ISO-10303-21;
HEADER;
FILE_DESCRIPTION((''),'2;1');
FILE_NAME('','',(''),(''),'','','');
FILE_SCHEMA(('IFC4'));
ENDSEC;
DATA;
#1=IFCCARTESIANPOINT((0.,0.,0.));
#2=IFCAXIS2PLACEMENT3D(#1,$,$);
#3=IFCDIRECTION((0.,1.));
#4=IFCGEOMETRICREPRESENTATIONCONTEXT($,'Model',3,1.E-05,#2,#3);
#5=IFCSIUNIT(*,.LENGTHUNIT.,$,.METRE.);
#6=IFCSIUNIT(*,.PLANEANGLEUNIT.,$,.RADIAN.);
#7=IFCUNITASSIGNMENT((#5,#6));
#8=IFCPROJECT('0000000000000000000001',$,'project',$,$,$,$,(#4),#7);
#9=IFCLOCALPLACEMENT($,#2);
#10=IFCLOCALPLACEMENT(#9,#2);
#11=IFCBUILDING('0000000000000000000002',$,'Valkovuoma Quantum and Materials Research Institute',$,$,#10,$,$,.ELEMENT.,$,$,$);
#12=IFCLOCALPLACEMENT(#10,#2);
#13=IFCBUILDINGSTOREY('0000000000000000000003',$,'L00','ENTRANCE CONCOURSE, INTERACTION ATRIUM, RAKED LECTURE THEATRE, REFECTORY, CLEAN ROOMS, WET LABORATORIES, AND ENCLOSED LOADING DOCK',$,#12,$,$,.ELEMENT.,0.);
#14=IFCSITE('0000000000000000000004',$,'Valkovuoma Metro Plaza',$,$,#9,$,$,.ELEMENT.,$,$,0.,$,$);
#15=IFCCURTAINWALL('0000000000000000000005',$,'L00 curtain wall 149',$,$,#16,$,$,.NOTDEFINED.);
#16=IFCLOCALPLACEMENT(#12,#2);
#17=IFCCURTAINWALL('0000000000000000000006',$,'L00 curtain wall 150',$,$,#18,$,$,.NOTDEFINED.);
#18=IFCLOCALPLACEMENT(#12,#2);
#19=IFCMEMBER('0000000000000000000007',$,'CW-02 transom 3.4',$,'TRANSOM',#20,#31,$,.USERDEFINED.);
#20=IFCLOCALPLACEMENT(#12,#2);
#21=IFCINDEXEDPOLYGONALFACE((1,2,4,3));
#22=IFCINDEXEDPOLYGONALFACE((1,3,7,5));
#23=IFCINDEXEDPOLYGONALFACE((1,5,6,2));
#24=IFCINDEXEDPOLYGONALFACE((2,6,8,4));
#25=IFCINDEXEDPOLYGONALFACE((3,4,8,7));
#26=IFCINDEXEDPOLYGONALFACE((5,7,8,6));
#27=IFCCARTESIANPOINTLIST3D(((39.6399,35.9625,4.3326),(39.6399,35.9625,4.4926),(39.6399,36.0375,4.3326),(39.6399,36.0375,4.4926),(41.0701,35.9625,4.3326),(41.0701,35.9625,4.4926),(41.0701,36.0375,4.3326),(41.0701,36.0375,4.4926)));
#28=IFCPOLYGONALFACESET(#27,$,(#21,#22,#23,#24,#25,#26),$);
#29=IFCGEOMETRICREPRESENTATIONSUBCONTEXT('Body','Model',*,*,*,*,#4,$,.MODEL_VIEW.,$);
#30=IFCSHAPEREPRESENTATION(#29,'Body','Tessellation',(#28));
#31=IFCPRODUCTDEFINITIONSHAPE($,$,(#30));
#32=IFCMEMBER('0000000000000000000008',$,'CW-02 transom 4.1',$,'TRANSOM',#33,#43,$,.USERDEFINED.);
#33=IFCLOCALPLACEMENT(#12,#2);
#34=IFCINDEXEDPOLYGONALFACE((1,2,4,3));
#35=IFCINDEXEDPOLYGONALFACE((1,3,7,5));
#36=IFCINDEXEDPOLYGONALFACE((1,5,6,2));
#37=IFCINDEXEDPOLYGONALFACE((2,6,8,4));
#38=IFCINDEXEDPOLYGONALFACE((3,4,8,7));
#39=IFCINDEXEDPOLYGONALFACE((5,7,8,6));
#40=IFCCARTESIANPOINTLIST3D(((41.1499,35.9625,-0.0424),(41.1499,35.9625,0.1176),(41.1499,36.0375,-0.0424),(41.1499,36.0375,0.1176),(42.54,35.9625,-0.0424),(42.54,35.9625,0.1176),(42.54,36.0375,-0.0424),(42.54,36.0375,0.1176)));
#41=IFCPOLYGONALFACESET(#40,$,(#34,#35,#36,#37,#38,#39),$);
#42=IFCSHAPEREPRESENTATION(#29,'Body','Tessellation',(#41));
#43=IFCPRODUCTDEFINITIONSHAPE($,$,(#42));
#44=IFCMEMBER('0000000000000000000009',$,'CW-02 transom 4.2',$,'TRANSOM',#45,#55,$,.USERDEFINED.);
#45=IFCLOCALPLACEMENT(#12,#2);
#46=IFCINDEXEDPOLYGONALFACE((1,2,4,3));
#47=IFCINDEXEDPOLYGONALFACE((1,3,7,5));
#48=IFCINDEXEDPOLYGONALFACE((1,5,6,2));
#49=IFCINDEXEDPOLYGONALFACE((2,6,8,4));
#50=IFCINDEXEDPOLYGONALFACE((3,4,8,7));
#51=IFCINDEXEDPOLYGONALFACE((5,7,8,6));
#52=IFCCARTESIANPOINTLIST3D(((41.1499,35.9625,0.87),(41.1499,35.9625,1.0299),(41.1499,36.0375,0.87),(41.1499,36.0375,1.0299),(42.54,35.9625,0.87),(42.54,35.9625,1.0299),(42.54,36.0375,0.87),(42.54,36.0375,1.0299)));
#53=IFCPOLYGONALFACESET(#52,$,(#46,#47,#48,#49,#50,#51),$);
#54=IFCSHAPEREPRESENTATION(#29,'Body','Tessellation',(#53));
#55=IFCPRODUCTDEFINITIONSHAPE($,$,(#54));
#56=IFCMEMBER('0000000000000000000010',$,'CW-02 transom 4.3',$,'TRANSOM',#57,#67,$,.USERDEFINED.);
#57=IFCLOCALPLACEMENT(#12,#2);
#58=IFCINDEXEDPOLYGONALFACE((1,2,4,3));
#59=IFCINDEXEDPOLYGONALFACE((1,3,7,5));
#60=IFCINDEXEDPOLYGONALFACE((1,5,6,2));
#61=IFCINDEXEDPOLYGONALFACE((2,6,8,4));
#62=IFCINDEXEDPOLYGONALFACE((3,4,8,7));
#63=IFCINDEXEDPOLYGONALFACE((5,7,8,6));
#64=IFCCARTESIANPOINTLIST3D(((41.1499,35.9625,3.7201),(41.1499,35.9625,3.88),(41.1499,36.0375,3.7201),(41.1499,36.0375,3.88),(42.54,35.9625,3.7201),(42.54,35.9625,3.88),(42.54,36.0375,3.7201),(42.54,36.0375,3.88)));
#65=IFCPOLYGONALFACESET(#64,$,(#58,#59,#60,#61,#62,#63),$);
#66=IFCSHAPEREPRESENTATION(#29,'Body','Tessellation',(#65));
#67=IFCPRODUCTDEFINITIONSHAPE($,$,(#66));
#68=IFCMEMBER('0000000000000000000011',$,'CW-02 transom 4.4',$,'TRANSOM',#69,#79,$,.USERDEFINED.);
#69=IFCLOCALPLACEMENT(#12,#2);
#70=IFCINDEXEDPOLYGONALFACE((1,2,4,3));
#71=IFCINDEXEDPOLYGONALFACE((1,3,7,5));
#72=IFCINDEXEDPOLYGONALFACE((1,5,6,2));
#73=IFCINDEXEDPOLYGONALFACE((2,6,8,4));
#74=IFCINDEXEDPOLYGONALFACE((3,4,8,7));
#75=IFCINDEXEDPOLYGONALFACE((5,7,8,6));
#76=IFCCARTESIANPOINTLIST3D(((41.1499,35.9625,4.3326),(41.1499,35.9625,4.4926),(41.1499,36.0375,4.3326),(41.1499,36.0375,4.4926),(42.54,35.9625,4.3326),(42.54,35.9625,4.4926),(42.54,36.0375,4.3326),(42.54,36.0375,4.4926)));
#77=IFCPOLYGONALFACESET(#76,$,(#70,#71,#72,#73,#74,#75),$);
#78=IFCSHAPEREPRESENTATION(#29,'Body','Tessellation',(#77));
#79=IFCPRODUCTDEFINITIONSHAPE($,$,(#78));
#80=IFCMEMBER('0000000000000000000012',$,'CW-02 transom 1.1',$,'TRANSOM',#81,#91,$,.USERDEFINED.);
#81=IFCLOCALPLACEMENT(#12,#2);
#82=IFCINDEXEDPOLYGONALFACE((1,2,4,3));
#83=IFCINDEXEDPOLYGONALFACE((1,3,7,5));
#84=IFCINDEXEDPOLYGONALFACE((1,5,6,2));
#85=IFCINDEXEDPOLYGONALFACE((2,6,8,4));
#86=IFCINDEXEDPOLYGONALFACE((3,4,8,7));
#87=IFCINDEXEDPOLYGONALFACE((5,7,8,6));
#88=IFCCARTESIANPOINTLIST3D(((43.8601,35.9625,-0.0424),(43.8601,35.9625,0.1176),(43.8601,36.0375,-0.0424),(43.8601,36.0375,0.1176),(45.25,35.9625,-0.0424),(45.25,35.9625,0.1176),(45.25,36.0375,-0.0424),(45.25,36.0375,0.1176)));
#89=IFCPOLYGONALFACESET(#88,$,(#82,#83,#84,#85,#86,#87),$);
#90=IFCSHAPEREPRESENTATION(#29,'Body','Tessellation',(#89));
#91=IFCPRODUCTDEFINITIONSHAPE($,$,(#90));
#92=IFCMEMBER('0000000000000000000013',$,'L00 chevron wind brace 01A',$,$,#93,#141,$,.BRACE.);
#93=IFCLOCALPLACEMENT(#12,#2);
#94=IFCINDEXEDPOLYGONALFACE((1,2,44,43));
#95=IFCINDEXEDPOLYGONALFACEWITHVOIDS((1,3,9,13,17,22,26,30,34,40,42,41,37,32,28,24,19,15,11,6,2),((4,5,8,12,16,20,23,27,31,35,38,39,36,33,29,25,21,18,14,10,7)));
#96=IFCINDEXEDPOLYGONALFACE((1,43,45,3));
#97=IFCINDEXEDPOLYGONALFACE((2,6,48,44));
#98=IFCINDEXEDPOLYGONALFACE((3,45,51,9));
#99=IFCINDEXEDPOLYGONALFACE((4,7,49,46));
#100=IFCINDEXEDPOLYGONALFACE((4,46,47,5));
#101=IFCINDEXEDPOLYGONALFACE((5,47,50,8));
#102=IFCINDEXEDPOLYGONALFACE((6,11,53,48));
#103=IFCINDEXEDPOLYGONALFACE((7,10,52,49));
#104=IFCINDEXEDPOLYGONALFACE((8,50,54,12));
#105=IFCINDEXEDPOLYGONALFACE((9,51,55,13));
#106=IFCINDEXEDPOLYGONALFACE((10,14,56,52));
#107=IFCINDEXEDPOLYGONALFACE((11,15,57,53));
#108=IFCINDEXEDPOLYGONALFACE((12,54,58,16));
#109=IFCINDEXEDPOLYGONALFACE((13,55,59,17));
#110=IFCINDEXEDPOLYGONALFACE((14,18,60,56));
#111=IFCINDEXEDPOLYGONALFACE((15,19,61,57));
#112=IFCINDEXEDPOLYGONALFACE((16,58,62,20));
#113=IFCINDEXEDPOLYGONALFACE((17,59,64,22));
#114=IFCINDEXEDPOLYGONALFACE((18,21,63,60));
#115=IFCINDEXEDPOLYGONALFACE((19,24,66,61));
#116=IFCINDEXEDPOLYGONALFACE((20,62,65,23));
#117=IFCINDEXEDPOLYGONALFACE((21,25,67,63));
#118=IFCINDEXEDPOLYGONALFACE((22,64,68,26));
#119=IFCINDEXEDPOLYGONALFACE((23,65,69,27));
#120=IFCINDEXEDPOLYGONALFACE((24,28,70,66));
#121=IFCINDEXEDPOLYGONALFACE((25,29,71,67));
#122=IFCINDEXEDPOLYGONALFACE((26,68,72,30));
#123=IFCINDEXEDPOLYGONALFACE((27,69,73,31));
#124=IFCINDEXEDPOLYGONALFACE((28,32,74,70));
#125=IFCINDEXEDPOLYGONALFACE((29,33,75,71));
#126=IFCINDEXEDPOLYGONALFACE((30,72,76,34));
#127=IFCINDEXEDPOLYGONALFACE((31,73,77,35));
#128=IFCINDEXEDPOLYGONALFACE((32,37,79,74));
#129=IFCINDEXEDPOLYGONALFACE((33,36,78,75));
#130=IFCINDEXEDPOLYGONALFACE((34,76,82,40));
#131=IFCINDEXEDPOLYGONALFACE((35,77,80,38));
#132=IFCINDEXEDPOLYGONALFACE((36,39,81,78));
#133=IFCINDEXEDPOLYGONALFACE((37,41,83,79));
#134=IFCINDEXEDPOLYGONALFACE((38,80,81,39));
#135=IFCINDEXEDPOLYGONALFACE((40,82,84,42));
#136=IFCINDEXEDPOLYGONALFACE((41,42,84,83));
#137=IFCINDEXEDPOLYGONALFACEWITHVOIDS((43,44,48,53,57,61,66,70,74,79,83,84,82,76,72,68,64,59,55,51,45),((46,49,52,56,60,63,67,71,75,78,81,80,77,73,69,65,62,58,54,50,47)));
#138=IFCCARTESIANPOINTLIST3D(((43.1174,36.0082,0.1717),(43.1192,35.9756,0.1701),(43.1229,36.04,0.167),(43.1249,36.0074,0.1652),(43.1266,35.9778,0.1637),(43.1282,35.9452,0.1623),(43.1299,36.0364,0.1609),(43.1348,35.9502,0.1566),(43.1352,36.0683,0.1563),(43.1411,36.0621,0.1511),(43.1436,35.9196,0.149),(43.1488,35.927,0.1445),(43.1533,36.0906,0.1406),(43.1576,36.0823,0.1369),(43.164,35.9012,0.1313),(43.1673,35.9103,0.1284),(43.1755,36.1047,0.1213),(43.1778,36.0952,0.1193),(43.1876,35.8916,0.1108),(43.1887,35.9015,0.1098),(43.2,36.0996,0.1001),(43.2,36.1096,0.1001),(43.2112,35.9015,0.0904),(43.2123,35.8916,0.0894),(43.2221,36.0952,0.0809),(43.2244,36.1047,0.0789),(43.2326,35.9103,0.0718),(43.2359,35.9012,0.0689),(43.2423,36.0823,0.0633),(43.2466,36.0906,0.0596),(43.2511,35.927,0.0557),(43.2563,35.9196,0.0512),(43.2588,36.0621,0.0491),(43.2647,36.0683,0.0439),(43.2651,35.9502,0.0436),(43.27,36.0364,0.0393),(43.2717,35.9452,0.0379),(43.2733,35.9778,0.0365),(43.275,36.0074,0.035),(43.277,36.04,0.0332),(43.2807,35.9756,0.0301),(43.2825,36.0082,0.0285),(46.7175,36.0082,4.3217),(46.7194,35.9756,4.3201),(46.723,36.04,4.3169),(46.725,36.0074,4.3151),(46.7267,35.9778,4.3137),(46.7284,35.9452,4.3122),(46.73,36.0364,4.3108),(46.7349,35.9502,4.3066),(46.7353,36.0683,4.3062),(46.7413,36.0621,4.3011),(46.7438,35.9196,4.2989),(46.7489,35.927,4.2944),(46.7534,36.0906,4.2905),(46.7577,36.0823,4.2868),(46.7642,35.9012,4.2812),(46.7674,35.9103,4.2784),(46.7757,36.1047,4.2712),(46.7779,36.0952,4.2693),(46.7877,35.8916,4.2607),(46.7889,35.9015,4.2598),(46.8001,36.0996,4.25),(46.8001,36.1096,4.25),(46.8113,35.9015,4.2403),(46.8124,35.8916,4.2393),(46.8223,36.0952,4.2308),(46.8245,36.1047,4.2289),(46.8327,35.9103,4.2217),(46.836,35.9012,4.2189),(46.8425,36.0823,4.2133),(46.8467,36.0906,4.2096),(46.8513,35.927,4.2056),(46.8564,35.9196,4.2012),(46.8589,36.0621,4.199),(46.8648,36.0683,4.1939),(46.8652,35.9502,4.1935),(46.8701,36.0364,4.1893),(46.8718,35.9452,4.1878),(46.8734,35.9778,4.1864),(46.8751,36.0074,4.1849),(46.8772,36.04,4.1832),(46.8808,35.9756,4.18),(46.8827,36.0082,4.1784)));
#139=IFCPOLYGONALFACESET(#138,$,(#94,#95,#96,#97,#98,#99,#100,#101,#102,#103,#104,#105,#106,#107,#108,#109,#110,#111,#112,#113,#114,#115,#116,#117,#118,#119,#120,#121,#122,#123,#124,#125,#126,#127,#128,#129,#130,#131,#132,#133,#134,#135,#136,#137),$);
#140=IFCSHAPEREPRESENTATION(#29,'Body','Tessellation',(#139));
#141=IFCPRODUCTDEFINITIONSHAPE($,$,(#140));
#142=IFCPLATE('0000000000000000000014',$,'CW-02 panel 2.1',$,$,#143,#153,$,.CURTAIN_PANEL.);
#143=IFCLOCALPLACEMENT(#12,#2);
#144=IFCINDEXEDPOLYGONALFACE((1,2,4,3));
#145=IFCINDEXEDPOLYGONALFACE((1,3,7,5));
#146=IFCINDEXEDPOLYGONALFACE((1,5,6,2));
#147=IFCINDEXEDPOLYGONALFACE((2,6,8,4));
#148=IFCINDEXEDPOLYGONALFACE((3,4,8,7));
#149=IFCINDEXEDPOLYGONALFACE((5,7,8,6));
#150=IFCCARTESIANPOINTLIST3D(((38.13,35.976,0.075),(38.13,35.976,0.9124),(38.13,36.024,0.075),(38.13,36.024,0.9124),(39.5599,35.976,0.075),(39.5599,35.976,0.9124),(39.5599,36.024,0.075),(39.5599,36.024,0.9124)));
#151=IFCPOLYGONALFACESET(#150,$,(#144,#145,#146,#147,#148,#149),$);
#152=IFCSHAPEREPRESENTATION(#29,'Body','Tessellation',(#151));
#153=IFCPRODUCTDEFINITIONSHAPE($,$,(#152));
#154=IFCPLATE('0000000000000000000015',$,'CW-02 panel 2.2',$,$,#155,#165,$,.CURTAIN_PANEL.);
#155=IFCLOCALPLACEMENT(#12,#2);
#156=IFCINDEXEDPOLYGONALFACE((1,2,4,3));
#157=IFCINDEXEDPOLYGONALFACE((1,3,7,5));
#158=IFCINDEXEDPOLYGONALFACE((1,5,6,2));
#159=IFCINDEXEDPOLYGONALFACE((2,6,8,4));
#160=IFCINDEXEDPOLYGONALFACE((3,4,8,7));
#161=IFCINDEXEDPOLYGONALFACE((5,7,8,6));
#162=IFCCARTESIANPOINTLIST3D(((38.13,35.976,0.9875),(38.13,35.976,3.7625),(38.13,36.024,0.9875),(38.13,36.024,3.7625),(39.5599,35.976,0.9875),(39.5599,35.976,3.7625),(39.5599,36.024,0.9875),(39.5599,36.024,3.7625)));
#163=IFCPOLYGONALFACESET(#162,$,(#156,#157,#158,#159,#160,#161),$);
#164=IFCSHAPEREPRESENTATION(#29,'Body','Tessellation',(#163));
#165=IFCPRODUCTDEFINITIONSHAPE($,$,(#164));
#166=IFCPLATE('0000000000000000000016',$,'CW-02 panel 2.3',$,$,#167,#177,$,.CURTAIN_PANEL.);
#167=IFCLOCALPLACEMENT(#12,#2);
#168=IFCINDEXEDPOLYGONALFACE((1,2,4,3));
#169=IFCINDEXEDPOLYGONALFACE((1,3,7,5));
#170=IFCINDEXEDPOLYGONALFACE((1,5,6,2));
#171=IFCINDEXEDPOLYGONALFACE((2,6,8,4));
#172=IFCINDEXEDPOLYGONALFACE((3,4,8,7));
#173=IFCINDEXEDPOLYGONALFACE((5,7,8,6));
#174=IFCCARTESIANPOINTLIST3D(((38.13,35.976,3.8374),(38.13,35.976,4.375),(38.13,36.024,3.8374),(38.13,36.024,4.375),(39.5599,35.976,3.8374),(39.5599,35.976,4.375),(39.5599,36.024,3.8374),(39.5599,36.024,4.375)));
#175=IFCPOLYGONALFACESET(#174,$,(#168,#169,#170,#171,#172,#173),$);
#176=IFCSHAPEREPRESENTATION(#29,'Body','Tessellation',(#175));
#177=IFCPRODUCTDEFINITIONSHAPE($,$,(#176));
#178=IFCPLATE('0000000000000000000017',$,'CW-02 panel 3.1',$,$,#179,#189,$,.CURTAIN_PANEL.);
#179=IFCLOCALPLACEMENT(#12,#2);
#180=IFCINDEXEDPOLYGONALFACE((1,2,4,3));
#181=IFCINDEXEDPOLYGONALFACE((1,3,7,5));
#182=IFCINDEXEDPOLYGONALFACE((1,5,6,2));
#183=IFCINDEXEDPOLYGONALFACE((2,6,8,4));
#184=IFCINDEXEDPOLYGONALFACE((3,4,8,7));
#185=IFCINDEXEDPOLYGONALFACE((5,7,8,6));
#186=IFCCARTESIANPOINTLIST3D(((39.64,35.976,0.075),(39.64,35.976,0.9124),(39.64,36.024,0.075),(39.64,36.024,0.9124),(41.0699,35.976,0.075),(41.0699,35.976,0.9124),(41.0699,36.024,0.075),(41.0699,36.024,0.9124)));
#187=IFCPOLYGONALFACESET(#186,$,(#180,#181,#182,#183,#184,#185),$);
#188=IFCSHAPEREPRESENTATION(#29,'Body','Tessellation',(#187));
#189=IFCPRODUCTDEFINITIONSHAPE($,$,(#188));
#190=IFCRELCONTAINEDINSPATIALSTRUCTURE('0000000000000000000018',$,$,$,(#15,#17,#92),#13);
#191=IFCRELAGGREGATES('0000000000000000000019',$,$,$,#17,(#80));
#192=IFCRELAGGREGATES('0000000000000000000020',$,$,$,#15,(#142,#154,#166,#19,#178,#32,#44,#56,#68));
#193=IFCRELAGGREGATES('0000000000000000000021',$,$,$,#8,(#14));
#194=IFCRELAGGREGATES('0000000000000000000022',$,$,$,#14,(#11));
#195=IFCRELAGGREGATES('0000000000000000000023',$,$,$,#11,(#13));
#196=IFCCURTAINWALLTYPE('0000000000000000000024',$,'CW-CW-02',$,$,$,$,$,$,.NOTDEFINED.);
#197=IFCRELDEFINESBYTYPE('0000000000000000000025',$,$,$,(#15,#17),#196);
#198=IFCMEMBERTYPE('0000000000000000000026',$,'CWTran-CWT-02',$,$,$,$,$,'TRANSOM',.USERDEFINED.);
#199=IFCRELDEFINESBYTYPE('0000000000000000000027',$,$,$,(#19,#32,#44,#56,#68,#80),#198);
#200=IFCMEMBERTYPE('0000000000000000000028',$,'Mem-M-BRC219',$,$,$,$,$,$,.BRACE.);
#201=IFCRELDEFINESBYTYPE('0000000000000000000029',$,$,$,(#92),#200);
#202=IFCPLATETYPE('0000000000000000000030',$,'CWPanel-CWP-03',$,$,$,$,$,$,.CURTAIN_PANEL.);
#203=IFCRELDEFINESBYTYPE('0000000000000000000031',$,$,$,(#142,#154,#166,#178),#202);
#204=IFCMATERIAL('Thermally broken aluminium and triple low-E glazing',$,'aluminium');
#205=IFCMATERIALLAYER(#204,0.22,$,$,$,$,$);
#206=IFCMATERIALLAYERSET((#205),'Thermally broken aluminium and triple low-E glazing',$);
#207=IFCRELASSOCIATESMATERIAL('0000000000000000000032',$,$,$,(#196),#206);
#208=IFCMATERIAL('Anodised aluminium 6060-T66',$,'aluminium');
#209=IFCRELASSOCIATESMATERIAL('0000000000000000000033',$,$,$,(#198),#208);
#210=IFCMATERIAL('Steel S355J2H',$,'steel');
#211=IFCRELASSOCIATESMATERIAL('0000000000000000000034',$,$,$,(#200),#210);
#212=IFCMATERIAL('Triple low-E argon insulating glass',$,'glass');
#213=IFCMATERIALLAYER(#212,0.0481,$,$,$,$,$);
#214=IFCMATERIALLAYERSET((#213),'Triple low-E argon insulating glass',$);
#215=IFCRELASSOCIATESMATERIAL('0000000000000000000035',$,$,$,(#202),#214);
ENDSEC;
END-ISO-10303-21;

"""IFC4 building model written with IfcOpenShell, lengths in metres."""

from ifc_helpers import new_model, si_unit, direction, frame, origin, origin_2d, place, context, subcontext, project, spatial, rectangle, hollow_circle, extrude, material, layer, layer_set, material_profile, profile_set, type_object, element, aggregate, save


model = new_model("IFC4")

# Units and contexts
model_context = context("Model", 3, precision=1e-05, world=origin(), true_north=direction((0.0, 1.0)))
body_context = subcontext(model_context, "Body", "Model", "MODEL_VIEW")
ifc_project = project(units=[si_unit("LENGTHUNIT", "METRE"), si_unit("PLANEANGLEUNIT", "RADIAN")], contexts=[model_context])

# Site, building, storey
site_placement = place(None, origin())
site = spatial("IfcSite", under=ifc_project, at=site_placement, Name="Valkovuoma Metro Plaza", CompositionType="ELEMENT", RefElevation=0.0)
building_placement = place(site_placement, origin())
building = spatial("IfcBuilding", under=site, at=building_placement, Name="Valkovuoma Quantum and Materials Research Institute", CompositionType="ELEMENT")
storey_placement = place(building_placement, origin())
storey = spatial("IfcBuildingStorey", under=building, at=storey_placement, Name="L00", Description="ENTRANCE CONCOURSE, INTERACTION ATRIUM, RAKED LECTURE THEATRE, REFECTORY, CLEAN ROOMS, WET LABORATORIES, AND ENCLOSED LOADING DOCK", CompositionType="ELEMENT", Elevation=0.0)

# Curtain wall
ifc_material_1 = material(Name="Thermally broken aluminium and triple low-E glazing", Category="aluminium")
ifc_layer_1 = layer(ifc_material_1, 0.22)
ifc_layer_set_1 = layer_set([ifc_layer_1], Name="Thermally broken aluminium and triple low-E glazing")
curtain_wall_type = type_object("IfcCurtainWallType", Name="CW-CW-02", PredefinedType="NOTDEFINED", material=ifc_layer_set_1)
curtain_wall_1_placement = place(storey_placement, origin())
curtain_wall_1 = element("IfcCurtainWall", 1, at=curtain_wall_1_placement, inside=storey, type_object=curtain_wall_type, Name="L00 curtain wall 149", PredefinedType="NOTDEFINED")

# Curtain wall
curtain_wall_2_placement = place(storey_placement, origin())
curtain_wall_2 = element("IfcCurtainWall", 2, at=curtain_wall_2_placement, inside=storey, type_object=curtain_wall_type, Name="L00 curtain wall 150", PredefinedType="NOTDEFINED")

# Members
ifc_material_2 = material(Name="Anodised aluminium 6060-T66", Category="aluminium")
ifc_material_profile_1 = material_profile(ifc_material_2, rectangle(XDim=0.075, YDim=0.1599, at=origin_2d()), Name="Anodised aluminium 6060-T66")
ifc_profile_set_1 = profile_set([ifc_material_profile_1], Name="Anodised aluminium 6060-T66")
member_type_1 = type_object("IfcMemberType", Name="CWTran-CWT-02", ElementType="TRANSOM", PredefinedType="USERDEFINED", material=ifc_profile_set_1)
member_1_placement = place(storey_placement, frame((39.6399, 36.0, 4.4126), z_axis=(1.0, 0.0, 0.0), x_axis=(0.0, 1.0, 0.0)))
member_1 = element("IfcMember", 3, at=member_1_placement, type_object=member_type_1, Name="CW-02 transom 3.4", ObjectType="TRANSOM", PredefinedType="USERDEFINED", context=body_context, shape_type="SweptSolid", body=[
    extrude(rectangle(XDim=0.075, YDim=0.1599, at=origin_2d()), origin(), (0.0, 0.0, 1.0), 1.4302),
])
member_2_placement = place(storey_placement, frame((41.1499, 36.0, 0.0376), z_axis=(1.0, 0.0, 0.0), x_axis=(0.0, 1.0, 0.0)))
member_2 = element("IfcMember", 4, at=member_2_placement, type_object=member_type_1, Name="CW-02 transom 4.1", ObjectType="TRANSOM", PredefinedType="USERDEFINED", context=body_context, shape_type="SweptSolid", body=[
    extrude(rectangle(XDim=0.075, YDim=0.1599, at=origin_2d()), origin(), (0.0, 0.0, 1.0), 1.3901),
])
member_3_placement = place(storey_placement, frame((41.1499, 36.0, 0.95), z_axis=(1.0, 0.0, 0.0), x_axis=(0.0, 1.0, 0.0)))
member_3 = element("IfcMember", 5, at=member_3_placement, type_object=member_type_1, Name="CW-02 transom 4.2", ObjectType="TRANSOM", PredefinedType="USERDEFINED", context=body_context, shape_type="SweptSolid", body=[
    extrude(rectangle(XDim=0.075, YDim=0.1599, at=origin_2d()), origin(), (0.0, 0.0, 1.0), 1.3901),
])
member_4_placement = place(storey_placement, frame((41.1499, 36.0, 3.8), z_axis=(1.0, 0.0, 0.0), x_axis=(0.0, 1.0, 0.0)))
member_4 = element("IfcMember", 6, at=member_4_placement, type_object=member_type_1, Name="CW-02 transom 4.3", ObjectType="TRANSOM", PredefinedType="USERDEFINED", context=body_context, shape_type="SweptSolid", body=[
    extrude(rectangle(XDim=0.075, YDim=0.1599, at=origin_2d()), origin(), (0.0, 0.0, 1.0), 1.3901),
])
member_5_placement = place(storey_placement, frame((41.1499, 36.0, 4.4126), z_axis=(1.0, 0.0, 0.0), x_axis=(0.0, 1.0, 0.0)))
member_5 = element("IfcMember", 7, at=member_5_placement, type_object=member_type_1, Name="CW-02 transom 4.4", ObjectType="TRANSOM", PredefinedType="USERDEFINED", context=body_context, shape_type="SweptSolid", body=[
    extrude(rectangle(XDim=0.075, YDim=0.1599, at=origin_2d()), origin(), (0.0, 0.0, 1.0), 1.3901),
])
member_6_placement = place(storey_placement, frame((43.8601, 36.0, 0.0376), z_axis=(1.0, 0.0, 0.0), x_axis=(0.0, 1.0, 0.0)))
member_6 = element("IfcMember", 8, at=member_6_placement, type_object=member_type_1, Name="CW-02 transom 1.1", ObjectType="TRANSOM", PredefinedType="USERDEFINED", context=body_context, shape_type="SweptSolid", body=[
    extrude(rectangle(XDim=0.075, YDim=0.1599, at=origin_2d()), origin(), (0.0, 0.0, 1.0), 1.3899),
])
aggregate(curtain_wall_2, [member_6])
ifc_material_3 = material(Name="Steel S355J2H", Category="steel")
ifc_material_profile_2 = material_profile(ifc_material_3, hollow_circle(Radius=0.1096, WallThickness=0.01, at=origin_2d()), Name="Steel S355J2H")
ifc_profile_set_2 = profile_set([ifc_material_profile_2], Name="Steel S355J2H")
member_type_2 = type_object("IfcMemberType", Name="Mem-M-BRC219", PredefinedType="BRACE", material=ifc_profile_set_2)
member_7_placement = place(storey_placement, frame((43.2, 36.0, 0.1001), z_axis=(0.655296, 0.0, 0.755372), x_axis=(0.0, 1.0, 0.0)))
element("IfcMember", 9, at=member_7_placement, inside=storey, type_object=member_type_2, Name="L00 chevron wind brace 01A", PredefinedType="BRACE", context=body_context, shape_type="SweptSolid", body=[
    extrude(hollow_circle(Radius=0.1096, WallThickness=0.01, at=origin_2d()), origin(), (0.0, 0.0, 1.0), 5.4939),
])

# Plates
ifc_material_4 = material(Name="Triple low-E argon insulating glass", Category="glass")
ifc_layer_2 = layer(ifc_material_4, 0.0481)
ifc_layer_set_2 = layer_set([ifc_layer_2], Name="Triple low-E argon insulating glass")
plate_type = type_object("IfcPlateType", Name="CWPanel-CWP-03", PredefinedType="CURTAIN_PANEL", material=ifc_layer_set_2)
plate_1_placement = place(storey_placement, frame((38.845, 36.0, 0.075), z_axis=(0.0, 0.0, 1.0), x_axis=(1.0, 0.0, 0.0)))
plate_1 = element("IfcPlate", 10, at=plate_1_placement, type_object=plate_type, Name="CW-02 panel 2.1", PredefinedType="CURTAIN_PANEL", context=body_context, shape_type="SweptSolid", body=[
    extrude(rectangle(XDim=1.4299, YDim=0.0481, at=origin_2d()), origin(), (0.0, 0.0, 1.0), 0.8374),
])
plate_2_placement = place(storey_placement, frame((38.845, 36.0, 0.9875), z_axis=(0.0, 0.0, 1.0), x_axis=(1.0, 0.0, 0.0)))
plate_2 = element("IfcPlate", 11, at=plate_2_placement, type_object=plate_type, Name="CW-02 panel 2.2", PredefinedType="CURTAIN_PANEL", context=body_context, shape_type="SweptSolid", body=[
    extrude(rectangle(XDim=1.4299, YDim=0.0481, at=origin_2d()), origin(), (0.0, 0.0, 1.0), 2.7749),
])
plate_3_placement = place(storey_placement, frame((38.845, 36.0, 3.8374), z_axis=(0.0, 0.0, 1.0), x_axis=(1.0, 0.0, 0.0)))
plate_3 = element("IfcPlate", 12, at=plate_3_placement, type_object=plate_type, Name="CW-02 panel 2.3", PredefinedType="CURTAIN_PANEL", context=body_context, shape_type="SweptSolid", body=[
    extrude(rectangle(XDim=1.4299, YDim=0.0481, at=origin_2d()), origin(), (0.0, 0.0, 1.0), 0.5376),
])
plate_4_placement = place(storey_placement, frame((40.355, 36.0, 0.075), z_axis=(0.0, 0.0, 1.0), x_axis=(1.0, 0.0, 0.0)))
plate_4 = element("IfcPlate", 13, at=plate_4_placement, type_object=plate_type, Name="CW-02 panel 3.1", PredefinedType="CURTAIN_PANEL", context=body_context, shape_type="SweptSolid", body=[
    extrude(rectangle(XDim=1.4299, YDim=0.0481, at=origin_2d()), origin(), (0.0, 0.0, 1.0), 0.8374),
])
aggregate(curtain_wall_1, [plate_1, plate_2, plate_3, member_1, plate_4, member_2, member_3, member_4, member_5])

save(model, "model.ifc")
